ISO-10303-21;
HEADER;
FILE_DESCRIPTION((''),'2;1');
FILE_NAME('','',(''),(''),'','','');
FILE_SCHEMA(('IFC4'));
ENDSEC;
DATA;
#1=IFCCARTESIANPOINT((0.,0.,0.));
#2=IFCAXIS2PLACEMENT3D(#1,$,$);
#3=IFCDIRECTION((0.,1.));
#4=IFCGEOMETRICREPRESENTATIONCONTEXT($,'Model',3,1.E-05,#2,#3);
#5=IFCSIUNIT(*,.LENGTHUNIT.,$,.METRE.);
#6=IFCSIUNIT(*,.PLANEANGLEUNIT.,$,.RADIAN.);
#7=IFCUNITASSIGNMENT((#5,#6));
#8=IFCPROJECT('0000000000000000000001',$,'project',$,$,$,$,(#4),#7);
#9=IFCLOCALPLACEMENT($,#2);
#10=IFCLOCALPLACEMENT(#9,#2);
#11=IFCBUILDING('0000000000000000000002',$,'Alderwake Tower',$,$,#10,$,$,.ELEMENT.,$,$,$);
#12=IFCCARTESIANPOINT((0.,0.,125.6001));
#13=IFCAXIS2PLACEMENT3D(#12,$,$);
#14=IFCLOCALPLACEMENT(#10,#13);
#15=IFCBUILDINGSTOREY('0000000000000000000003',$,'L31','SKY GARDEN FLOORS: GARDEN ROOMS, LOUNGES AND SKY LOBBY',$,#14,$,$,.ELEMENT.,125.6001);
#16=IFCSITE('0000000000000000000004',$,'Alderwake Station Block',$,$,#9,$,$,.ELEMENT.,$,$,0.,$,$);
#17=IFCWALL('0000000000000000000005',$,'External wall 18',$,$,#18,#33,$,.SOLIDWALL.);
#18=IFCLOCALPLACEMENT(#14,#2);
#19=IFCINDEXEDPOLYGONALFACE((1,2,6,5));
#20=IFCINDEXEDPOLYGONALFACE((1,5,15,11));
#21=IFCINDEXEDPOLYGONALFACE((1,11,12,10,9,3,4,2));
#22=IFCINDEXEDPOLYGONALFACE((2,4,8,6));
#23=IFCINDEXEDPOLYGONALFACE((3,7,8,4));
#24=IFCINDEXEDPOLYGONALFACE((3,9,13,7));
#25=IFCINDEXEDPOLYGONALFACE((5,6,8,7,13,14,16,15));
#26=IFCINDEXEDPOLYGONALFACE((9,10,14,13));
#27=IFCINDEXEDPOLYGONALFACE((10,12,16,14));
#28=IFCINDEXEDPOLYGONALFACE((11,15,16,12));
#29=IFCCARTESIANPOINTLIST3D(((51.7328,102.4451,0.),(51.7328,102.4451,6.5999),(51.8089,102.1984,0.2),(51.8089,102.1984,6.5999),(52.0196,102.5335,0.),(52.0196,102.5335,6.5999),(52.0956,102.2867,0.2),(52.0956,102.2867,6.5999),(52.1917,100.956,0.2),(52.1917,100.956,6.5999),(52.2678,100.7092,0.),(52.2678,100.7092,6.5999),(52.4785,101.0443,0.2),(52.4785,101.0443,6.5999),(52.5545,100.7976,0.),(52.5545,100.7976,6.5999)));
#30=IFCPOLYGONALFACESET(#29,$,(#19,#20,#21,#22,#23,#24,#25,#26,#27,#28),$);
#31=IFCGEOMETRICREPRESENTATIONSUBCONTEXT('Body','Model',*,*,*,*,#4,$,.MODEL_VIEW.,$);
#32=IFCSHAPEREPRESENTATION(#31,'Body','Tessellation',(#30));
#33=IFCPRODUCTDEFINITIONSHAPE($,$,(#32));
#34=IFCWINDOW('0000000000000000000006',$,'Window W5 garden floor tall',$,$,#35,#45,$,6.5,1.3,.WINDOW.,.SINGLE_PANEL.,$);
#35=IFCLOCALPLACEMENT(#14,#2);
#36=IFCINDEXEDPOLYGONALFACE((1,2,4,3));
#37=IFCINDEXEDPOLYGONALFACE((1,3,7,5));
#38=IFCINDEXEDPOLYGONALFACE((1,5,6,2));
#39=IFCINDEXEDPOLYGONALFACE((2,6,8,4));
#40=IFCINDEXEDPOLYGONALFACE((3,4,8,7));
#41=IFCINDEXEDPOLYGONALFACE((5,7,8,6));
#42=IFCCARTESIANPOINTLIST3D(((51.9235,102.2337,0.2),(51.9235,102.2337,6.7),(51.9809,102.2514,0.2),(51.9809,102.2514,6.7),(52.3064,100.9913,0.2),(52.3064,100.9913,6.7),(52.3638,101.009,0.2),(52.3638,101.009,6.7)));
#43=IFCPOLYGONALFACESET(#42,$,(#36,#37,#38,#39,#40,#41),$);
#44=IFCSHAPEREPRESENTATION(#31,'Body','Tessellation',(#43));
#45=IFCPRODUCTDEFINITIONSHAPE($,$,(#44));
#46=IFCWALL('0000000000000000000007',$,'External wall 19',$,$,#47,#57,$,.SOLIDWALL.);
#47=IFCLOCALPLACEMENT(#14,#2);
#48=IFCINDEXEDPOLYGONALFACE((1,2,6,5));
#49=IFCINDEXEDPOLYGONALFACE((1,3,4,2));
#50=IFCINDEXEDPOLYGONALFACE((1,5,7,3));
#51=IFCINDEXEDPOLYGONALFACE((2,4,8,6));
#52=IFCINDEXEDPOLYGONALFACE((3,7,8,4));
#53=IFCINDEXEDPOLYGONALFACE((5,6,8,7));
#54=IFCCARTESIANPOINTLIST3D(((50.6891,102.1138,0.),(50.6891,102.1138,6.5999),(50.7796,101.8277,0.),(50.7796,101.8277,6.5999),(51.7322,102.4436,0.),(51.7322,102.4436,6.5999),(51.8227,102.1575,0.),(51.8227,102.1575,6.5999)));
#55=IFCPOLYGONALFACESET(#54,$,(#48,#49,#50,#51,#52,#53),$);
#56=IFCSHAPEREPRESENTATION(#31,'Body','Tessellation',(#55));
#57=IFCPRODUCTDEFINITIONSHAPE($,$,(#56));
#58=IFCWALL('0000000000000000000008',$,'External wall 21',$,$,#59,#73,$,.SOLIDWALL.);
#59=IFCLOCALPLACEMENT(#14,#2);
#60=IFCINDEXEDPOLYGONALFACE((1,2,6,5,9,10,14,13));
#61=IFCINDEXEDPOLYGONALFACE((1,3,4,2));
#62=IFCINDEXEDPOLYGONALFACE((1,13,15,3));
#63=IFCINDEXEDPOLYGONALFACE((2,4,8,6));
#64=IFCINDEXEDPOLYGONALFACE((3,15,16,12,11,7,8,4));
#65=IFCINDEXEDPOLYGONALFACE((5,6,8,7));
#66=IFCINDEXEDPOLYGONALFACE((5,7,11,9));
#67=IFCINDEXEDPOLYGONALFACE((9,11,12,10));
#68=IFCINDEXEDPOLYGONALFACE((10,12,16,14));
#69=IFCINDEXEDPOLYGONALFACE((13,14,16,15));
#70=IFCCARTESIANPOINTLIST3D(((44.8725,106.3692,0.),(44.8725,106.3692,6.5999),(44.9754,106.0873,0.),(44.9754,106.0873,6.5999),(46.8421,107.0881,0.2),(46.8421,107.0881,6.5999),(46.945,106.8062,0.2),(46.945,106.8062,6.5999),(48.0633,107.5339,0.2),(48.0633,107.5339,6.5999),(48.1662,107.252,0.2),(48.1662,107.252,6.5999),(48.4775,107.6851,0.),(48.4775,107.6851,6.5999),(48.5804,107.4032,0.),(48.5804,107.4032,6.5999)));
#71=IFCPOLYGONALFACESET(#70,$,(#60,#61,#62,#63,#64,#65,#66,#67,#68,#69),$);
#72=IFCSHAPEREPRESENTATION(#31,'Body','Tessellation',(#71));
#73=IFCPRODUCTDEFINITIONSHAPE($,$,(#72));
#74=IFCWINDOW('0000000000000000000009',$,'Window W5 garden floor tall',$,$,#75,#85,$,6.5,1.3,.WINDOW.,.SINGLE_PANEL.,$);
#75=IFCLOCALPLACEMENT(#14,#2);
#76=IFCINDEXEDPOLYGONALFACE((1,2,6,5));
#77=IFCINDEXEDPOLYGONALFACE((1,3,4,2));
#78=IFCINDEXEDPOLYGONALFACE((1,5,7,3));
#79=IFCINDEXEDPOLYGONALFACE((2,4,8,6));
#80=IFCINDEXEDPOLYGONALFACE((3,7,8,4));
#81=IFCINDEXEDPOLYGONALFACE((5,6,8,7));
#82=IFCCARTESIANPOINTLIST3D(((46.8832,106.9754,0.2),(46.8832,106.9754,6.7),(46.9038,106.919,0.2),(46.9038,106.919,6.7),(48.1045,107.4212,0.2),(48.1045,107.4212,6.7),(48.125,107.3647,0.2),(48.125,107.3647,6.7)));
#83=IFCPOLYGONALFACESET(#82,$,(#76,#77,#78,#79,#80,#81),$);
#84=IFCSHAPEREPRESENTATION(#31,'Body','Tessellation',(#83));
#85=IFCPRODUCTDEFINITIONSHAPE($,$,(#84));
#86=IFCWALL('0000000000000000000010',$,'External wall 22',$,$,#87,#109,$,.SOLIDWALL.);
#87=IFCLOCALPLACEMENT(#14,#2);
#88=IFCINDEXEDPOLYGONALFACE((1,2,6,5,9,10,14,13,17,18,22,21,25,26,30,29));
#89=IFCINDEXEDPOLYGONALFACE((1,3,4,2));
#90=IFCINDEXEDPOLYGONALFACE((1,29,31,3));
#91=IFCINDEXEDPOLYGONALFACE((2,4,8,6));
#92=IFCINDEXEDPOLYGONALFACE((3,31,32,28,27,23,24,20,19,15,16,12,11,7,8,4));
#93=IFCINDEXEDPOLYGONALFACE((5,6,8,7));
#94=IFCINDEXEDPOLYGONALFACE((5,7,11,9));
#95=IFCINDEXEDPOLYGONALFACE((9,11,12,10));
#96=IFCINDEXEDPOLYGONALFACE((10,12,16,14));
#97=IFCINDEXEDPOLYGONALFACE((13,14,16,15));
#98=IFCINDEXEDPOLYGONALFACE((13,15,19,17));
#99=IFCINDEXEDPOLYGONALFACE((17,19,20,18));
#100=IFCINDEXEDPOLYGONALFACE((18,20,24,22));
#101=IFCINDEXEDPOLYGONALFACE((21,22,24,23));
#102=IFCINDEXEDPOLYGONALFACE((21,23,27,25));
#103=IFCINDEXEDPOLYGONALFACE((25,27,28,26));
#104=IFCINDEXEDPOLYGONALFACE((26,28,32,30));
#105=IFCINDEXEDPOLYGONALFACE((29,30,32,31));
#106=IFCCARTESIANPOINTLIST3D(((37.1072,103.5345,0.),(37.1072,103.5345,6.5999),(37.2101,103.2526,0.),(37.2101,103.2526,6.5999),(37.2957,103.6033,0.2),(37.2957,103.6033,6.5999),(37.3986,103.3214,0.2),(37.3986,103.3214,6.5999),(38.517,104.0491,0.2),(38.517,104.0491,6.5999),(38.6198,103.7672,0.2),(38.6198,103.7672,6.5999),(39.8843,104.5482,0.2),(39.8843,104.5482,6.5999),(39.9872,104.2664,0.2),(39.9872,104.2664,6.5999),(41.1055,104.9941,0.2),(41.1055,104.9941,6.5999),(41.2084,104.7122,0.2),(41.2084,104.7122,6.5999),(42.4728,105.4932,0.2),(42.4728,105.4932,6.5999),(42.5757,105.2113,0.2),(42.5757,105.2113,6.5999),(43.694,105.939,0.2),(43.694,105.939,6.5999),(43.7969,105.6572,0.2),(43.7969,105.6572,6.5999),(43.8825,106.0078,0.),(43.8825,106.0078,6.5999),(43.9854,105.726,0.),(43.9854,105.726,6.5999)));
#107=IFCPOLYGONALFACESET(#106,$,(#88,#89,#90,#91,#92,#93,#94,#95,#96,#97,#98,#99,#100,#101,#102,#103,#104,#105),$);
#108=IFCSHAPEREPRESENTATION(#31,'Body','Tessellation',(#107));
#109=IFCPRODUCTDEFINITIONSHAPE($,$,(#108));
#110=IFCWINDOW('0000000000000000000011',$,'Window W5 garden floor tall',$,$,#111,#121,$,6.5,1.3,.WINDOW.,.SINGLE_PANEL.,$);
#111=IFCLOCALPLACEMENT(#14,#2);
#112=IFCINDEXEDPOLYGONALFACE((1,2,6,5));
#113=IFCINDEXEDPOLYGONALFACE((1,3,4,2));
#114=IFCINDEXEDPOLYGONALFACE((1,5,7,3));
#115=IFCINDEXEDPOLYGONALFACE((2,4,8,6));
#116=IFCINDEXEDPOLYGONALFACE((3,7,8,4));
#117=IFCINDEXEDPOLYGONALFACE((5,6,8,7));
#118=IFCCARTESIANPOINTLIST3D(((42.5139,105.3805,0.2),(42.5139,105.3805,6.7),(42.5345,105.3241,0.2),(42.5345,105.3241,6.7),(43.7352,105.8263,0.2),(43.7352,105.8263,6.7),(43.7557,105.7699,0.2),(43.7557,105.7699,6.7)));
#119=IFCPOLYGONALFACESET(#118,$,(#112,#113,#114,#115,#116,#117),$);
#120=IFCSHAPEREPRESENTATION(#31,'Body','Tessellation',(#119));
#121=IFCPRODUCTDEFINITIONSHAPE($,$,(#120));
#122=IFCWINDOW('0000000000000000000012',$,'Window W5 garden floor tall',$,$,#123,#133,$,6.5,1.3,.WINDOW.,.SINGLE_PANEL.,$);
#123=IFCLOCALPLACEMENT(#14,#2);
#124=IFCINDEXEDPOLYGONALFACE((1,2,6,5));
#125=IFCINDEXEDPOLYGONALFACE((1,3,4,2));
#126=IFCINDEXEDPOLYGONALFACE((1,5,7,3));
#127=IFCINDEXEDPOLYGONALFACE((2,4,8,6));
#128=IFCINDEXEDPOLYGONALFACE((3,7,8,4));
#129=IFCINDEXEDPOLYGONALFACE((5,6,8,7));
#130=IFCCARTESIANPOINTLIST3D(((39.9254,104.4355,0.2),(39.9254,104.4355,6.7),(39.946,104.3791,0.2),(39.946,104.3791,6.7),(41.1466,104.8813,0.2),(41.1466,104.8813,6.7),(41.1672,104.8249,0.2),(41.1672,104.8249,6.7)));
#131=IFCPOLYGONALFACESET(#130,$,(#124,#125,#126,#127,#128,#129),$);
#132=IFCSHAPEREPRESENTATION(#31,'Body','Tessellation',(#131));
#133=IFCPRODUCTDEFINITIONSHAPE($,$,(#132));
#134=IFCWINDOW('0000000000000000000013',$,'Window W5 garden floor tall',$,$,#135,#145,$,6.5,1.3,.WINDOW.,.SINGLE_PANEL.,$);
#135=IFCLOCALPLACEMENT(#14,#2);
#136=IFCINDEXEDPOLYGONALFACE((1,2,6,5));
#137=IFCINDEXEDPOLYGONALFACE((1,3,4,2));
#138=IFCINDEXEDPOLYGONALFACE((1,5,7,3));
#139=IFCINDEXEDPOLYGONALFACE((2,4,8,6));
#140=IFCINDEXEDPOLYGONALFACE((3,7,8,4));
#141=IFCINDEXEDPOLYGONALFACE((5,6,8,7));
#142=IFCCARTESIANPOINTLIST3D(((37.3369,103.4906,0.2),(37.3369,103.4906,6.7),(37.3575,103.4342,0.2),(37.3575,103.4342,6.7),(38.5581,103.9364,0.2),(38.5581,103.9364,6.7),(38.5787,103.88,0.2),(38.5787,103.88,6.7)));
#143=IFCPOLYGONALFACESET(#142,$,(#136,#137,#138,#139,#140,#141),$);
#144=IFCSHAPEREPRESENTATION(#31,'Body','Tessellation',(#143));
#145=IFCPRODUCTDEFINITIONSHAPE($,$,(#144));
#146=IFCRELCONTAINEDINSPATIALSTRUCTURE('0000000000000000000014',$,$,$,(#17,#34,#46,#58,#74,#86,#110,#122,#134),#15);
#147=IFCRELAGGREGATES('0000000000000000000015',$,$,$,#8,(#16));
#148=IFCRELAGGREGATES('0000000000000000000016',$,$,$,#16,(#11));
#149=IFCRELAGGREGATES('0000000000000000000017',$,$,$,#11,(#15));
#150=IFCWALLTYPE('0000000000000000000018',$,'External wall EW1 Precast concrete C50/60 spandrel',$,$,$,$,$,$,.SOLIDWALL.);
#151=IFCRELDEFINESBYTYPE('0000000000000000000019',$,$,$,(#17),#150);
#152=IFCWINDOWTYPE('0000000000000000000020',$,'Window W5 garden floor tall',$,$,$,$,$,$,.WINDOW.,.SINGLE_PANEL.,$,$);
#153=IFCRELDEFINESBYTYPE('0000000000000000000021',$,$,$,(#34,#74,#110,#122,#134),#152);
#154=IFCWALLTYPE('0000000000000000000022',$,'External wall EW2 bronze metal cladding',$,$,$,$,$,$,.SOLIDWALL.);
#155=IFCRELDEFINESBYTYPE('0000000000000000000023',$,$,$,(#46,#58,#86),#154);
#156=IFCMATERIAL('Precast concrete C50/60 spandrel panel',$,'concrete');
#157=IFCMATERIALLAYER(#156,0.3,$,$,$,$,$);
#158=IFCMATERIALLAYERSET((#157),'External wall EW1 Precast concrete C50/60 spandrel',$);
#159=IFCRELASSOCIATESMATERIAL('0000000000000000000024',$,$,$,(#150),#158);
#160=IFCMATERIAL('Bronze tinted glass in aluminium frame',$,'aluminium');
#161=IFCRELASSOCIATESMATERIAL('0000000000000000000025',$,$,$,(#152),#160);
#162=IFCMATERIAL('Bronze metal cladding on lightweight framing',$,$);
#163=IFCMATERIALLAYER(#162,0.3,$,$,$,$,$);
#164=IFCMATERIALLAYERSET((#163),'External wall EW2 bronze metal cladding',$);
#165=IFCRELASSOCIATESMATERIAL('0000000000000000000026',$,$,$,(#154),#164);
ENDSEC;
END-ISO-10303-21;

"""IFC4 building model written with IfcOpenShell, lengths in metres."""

from ifc_helpers import new_model, si_unit, direction, frame, frame_2d, origin, place, context, subcontext, project, spatial, rectangle, extrude, material, layer, layer_set, type_object, element, fill, save


model = new_model("IFC4")

# Units and contexts
model_context = context("Model", 3, precision=1e-05, world=origin(), true_north=direction((0.0, 1.0)))
body_context = subcontext(model_context, "Body", "Model", "MODEL_VIEW")
ifc_project = project(units=[si_unit("LENGTHUNIT", "METRE"), si_unit("PLANEANGLEUNIT", "RADIAN")], contexts=[model_context])

# Site, building, storey
site_placement = place(None, origin())
site = spatial("IfcSite", under=ifc_project, at=site_placement, Name="Alderwake Station Block", CompositionType="ELEMENT", RefElevation=0.0)
building_placement = place(site_placement, origin())
building = spatial("IfcBuilding", under=site, at=building_placement, Name="Alderwake Tower", CompositionType="ELEMENT")
storey_placement = place(building_placement, frame((0.0, 0.0, 125.6001)))
storey = spatial("IfcBuildingStorey", under=building, at=storey_placement, Name="L31", Description="SKY GARDEN FLOORS: GARDEN ROOMS, LOUNGES AND SKY LOBBY", CompositionType="ELEMENT", Elevation=125.6001)

# Wall, opening, window
ifc_material_1 = material(Name="Precast concrete C50/60 spandrel panel", Category="concrete")
ifc_layer_1 = layer(ifc_material_1, 0.3)
ifc_layer_set_1 = layer_set([ifc_layer_1], Name="External wall EW1 Precast concrete C50/60 spandrel")
wall_type_1 = type_object("IfcWallType", Name="External wall EW1 Precast concrete C50/60 spandrel", PredefinedType="SOLIDWALL", material=ifc_layer_set_1)
wall_1_placement = place(storey_placement, frame((52.4111, 100.7534, 0.0), z_axis=(0.0, 0.0, 1.0), x_axis=(-0.294492, 0.955654, 0.0)))
wall_1 = element("IfcWall", 1, at=wall_1_placement, inside=storey, type_object=wall_type_1, Name="External wall 18", PredefinedType="SOLIDWALL", context=body_context, shape_type="SweptSolid", body=[
    extrude(rectangle(XDim=1.8164, YDim=0.3, at=frame_2d((0.9082, 0.0))), origin(), (0.0, 0.0, 1.0), 6.5999),
])
opening_1_placement = place(wall_1_placement, frame((0.2583, 0.0, 0.2)))
opening_1 = element("IfcOpeningElement", 2, at=opening_1_placement, cuts=wall_1, PredefinedType="OPENING", context=body_context, shape_type="SweptSolid", body=[
    extrude(rectangle(XDim=1.3, YDim=6.5, at=frame_2d((0.6499, 3.25))), frame((0.0, 0.1599, 0.0), z_axis=(0.0, -1.0, 0.0), x_axis=(1.0, 0.0, 0.0)), (0.0, 0.0, 1.0), 0.3201),
])
ifc_material_2 = material(Name="Bronze tinted glass in aluminium frame", Category="aluminium")
window_type = type_object("IfcWindowType", Name="Window W5 garden floor tall", PartitioningType="SINGLE_PANEL", PredefinedType="WINDOW", material=ifc_material_2)
window_1_placement = place(opening_1_placement, origin())
window_1 = element("IfcWindow", 3, at=window_1_placement, inside=storey, type_object=window_type, Name="Window W5 garden floor tall", OverallHeight=6.5, OverallWidth=1.3, PartitioningType="SINGLE_PANEL", PredefinedType="WINDOW", context=body_context, shape_type="SweptSolid", body=[
    extrude(rectangle(XDim=1.3, YDim=6.5, at=frame_2d((0.6499, 3.25))), frame((0.0, 0.03, 0.0), z_axis=(0.0, -1.0, 0.0), x_axis=(1.0, 0.0, 0.0)), (0.0, 0.0, 1.0), 0.0601),
])
fill(opening_1, window_1)

# Wall
ifc_material_3 = material(Name="Bronze metal cladding on lightweight framing")
ifc_layer_2 = layer(ifc_material_3, 0.3)
ifc_layer_set_2 = layer_set([ifc_layer_2], Name="External wall EW2 bronze metal cladding")
wall_type_2 = type_object("IfcWallType", Name="External wall EW2 bronze metal cladding", PredefinedType="SOLIDWALL", material=ifc_layer_set_2)
wall_2_placement = place(storey_placement, frame((51.7773, 102.3005, 0.0), z_axis=(0.0, 0.0, 1.0), x_axis=(-0.953478, -0.301462, 0.0)))
element("IfcWall", 4, at=wall_2_placement, inside=storey, type_object=wall_type_2, Name="External wall 19", PredefinedType="SOLIDWALL", context=body_context, shape_type="SweptSolid", body=[
    extrude(rectangle(XDim=1.094, YDim=0.3, at=frame_2d((0.5469, 0.0))), origin(), (0.0, 0.0, 1.0), 6.5999),
])

# Wall, opening, window
wall_3_placement = place(storey_placement, frame((48.5291, 107.5442, 0.0), z_axis=(0.0, 0.0, 1.0), x_axis=(-0.939373, -0.342897, 0.0)))
wall_3 = element("IfcWall", 5, at=wall_3_placement, inside=storey, type_object=wall_type_2, Name="External wall 21", PredefinedType="SOLIDWALL", context=body_context, shape_type="SweptSolid", body=[
    extrude(rectangle(XDim=3.8376, YDim=0.3, at=frame_2d((1.9189, 0.0))), origin(), (0.0, 0.0, 1.0), 6.5999),
])
opening_2_placement = place(wall_3_placement, frame((0.4412, 0.0, 0.2)))
opening_2 = element("IfcOpeningElement", 6, at=opening_2_placement, cuts=wall_3, PredefinedType="OPENING", context=body_context, shape_type="SweptSolid", body=[
    extrude(rectangle(XDim=1.3, YDim=6.5, at=frame_2d((0.6499, 3.25))), frame((0.0, 0.1599, 0.0), z_axis=(0.0, -1.0, 0.0), x_axis=(1.0, 0.0, 0.0)), (0.0, 0.0, 1.0), 0.3201),
])
window_2_placement = place(opening_2_placement, origin())
window_2 = element("IfcWindow", 7, at=window_2_placement, inside=storey, type_object=window_type, Name="Window W5 garden floor tall", OverallHeight=6.5, OverallWidth=1.3, PartitioningType="SINGLE_PANEL", PredefinedType="WINDOW", context=body_context, shape_type="SweptSolid", body=[
    extrude(rectangle(XDim=1.3, YDim=6.5, at=frame_2d((0.6499, 3.25))), frame((0.0, 0.03, 0.0), z_axis=(0.0, -1.0, 0.0), x_axis=(1.0, 0.0, 0.0)), (0.0, 0.0, 1.0), 0.0601),
])
fill(opening_2, window_2)

# Wall, openings, windows
wall_4_placement = place(storey_placement, frame((43.9341, 105.8669, 0.0), z_axis=(0.0, 0.0, 1.0), x_axis=(-0.939365, -0.34292, 0.0)))
wall_4 = element("IfcWall", 8, at=wall_4_placement, inside=storey, type_object=wall_type_2, Name="External wall 22", PredefinedType="SOLIDWALL", context=body_context, shape_type="SweptSolid", body=[
    extrude(rectangle(XDim=7.2126, YDim=0.3, at=frame_2d((3.6064, 0.0))), origin(), (0.0, 0.0, 1.0), 6.5999),
])
opening_3_placement = place(wall_4_placement, frame((0.2009, 0.0, 0.2)))
opening_3 = element("IfcOpeningElement", 9, at=opening_3_placement, cuts=wall_4, PredefinedType="OPENING", context=body_context, shape_type="SweptSolid", body=[
    extrude(rectangle(XDim=1.3, YDim=6.5, at=frame_2d((0.6499, 3.25))), frame((0.0, 0.1599, 0.0), z_axis=(0.0, -1.0, 0.0), x_axis=(1.0, 0.0, 0.0)), (0.0, 0.0, 1.0), 0.3201),
])
opening_4_placement = place(wall_4_placement, frame((2.9565, 0.0, 0.2)))
opening_4 = element("IfcOpeningElement", 10, at=opening_4_placement, cuts=wall_4, PredefinedType="OPENING", context=body_context, shape_type="SweptSolid", body=[
    extrude(rectangle(XDim=1.3, YDim=6.5, at=frame_2d((0.6499, 3.25))), frame((0.0, 0.1599, 0.0), z_axis=(0.0, -1.0, 0.0), x_axis=(1.0, 0.0, 0.0)), (0.0, 0.0, 1.0), 0.3201),
])
opening_5_placement = place(wall_4_placement, frame((5.7122, 0.0, 0.2)))
opening_5 = element("IfcOpeningElement", 11, at=opening_5_placement, cuts=wall_4, PredefinedType="OPENING", context=body_context, shape_type="SweptSolid", body=[
    extrude(rectangle(XDim=1.3, YDim=6.5, at=frame_2d((0.6499, 3.25))), frame((0.0, 0.1599, 0.0), z_axis=(0.0, -1.0, 0.0), x_axis=(1.0, 0.0, 0.0)), (0.0, 0.0, 1.0), 0.3201),
])
window_3_placement = place(opening_3_placement, origin())
window_3 = element("IfcWindow", 12, at=window_3_placement, inside=storey, type_object=window_type, Name="Window W5 garden floor tall", OverallHeight=6.5, OverallWidth=1.3, PartitioningType="SINGLE_PANEL", PredefinedType="WINDOW", context=body_context, shape_type="SweptSolid", body=[
    extrude(rectangle(XDim=1.3, YDim=6.5, at=frame_2d((0.6499, 3.25))), frame((0.0, 0.03, 0.0), z_axis=(0.0, -1.0, 0.0), x_axis=(1.0, 0.0, 0.0)), (0.0, 0.0, 1.0), 0.0601),
])
fill(opening_3, window_3)
window_4_placement = place(opening_4_placement, origin())
window_4 = element("IfcWindow", 13, at=window_4_placement, inside=storey, type_object=window_type, Name="Window W5 garden floor tall", OverallHeight=6.5, OverallWidth=1.3, PartitioningType="SINGLE_PANEL", PredefinedType="WINDOW", context=body_context, shape_type="SweptSolid", body=[
    extrude(rectangle(XDim=1.3, YDim=6.5, at=frame_2d((0.6499, 3.25))), frame((0.0, 0.03, 0.0), z_axis=(0.0, -1.0, 0.0), x_axis=(1.0, 0.0, 0.0)), (0.0, 0.0, 1.0), 0.0601),
])
fill(opening_4, window_4)
window_5_placement = place(opening_5_placement, origin())
window_5 = element("IfcWindow", 14, at=window_5_placement, inside=storey, type_object=window_type, Name="Window W5 garden floor tall", OverallHeight=6.5, OverallWidth=1.3, PartitioningType="SINGLE_PANEL", PredefinedType="WINDOW", context=body_context, shape_type="SweptSolid", body=[
    extrude(rectangle(XDim=1.3, YDim=6.5, at=frame_2d((0.6499, 3.25))), frame((0.0, 0.03, 0.0), z_axis=(0.0, -1.0, 0.0), x_axis=(1.0, 0.0, 0.0)), (0.0, 0.0, 1.0), 0.0601),
])
fill(opening_5, window_5)

save(model, "model.ifc")
